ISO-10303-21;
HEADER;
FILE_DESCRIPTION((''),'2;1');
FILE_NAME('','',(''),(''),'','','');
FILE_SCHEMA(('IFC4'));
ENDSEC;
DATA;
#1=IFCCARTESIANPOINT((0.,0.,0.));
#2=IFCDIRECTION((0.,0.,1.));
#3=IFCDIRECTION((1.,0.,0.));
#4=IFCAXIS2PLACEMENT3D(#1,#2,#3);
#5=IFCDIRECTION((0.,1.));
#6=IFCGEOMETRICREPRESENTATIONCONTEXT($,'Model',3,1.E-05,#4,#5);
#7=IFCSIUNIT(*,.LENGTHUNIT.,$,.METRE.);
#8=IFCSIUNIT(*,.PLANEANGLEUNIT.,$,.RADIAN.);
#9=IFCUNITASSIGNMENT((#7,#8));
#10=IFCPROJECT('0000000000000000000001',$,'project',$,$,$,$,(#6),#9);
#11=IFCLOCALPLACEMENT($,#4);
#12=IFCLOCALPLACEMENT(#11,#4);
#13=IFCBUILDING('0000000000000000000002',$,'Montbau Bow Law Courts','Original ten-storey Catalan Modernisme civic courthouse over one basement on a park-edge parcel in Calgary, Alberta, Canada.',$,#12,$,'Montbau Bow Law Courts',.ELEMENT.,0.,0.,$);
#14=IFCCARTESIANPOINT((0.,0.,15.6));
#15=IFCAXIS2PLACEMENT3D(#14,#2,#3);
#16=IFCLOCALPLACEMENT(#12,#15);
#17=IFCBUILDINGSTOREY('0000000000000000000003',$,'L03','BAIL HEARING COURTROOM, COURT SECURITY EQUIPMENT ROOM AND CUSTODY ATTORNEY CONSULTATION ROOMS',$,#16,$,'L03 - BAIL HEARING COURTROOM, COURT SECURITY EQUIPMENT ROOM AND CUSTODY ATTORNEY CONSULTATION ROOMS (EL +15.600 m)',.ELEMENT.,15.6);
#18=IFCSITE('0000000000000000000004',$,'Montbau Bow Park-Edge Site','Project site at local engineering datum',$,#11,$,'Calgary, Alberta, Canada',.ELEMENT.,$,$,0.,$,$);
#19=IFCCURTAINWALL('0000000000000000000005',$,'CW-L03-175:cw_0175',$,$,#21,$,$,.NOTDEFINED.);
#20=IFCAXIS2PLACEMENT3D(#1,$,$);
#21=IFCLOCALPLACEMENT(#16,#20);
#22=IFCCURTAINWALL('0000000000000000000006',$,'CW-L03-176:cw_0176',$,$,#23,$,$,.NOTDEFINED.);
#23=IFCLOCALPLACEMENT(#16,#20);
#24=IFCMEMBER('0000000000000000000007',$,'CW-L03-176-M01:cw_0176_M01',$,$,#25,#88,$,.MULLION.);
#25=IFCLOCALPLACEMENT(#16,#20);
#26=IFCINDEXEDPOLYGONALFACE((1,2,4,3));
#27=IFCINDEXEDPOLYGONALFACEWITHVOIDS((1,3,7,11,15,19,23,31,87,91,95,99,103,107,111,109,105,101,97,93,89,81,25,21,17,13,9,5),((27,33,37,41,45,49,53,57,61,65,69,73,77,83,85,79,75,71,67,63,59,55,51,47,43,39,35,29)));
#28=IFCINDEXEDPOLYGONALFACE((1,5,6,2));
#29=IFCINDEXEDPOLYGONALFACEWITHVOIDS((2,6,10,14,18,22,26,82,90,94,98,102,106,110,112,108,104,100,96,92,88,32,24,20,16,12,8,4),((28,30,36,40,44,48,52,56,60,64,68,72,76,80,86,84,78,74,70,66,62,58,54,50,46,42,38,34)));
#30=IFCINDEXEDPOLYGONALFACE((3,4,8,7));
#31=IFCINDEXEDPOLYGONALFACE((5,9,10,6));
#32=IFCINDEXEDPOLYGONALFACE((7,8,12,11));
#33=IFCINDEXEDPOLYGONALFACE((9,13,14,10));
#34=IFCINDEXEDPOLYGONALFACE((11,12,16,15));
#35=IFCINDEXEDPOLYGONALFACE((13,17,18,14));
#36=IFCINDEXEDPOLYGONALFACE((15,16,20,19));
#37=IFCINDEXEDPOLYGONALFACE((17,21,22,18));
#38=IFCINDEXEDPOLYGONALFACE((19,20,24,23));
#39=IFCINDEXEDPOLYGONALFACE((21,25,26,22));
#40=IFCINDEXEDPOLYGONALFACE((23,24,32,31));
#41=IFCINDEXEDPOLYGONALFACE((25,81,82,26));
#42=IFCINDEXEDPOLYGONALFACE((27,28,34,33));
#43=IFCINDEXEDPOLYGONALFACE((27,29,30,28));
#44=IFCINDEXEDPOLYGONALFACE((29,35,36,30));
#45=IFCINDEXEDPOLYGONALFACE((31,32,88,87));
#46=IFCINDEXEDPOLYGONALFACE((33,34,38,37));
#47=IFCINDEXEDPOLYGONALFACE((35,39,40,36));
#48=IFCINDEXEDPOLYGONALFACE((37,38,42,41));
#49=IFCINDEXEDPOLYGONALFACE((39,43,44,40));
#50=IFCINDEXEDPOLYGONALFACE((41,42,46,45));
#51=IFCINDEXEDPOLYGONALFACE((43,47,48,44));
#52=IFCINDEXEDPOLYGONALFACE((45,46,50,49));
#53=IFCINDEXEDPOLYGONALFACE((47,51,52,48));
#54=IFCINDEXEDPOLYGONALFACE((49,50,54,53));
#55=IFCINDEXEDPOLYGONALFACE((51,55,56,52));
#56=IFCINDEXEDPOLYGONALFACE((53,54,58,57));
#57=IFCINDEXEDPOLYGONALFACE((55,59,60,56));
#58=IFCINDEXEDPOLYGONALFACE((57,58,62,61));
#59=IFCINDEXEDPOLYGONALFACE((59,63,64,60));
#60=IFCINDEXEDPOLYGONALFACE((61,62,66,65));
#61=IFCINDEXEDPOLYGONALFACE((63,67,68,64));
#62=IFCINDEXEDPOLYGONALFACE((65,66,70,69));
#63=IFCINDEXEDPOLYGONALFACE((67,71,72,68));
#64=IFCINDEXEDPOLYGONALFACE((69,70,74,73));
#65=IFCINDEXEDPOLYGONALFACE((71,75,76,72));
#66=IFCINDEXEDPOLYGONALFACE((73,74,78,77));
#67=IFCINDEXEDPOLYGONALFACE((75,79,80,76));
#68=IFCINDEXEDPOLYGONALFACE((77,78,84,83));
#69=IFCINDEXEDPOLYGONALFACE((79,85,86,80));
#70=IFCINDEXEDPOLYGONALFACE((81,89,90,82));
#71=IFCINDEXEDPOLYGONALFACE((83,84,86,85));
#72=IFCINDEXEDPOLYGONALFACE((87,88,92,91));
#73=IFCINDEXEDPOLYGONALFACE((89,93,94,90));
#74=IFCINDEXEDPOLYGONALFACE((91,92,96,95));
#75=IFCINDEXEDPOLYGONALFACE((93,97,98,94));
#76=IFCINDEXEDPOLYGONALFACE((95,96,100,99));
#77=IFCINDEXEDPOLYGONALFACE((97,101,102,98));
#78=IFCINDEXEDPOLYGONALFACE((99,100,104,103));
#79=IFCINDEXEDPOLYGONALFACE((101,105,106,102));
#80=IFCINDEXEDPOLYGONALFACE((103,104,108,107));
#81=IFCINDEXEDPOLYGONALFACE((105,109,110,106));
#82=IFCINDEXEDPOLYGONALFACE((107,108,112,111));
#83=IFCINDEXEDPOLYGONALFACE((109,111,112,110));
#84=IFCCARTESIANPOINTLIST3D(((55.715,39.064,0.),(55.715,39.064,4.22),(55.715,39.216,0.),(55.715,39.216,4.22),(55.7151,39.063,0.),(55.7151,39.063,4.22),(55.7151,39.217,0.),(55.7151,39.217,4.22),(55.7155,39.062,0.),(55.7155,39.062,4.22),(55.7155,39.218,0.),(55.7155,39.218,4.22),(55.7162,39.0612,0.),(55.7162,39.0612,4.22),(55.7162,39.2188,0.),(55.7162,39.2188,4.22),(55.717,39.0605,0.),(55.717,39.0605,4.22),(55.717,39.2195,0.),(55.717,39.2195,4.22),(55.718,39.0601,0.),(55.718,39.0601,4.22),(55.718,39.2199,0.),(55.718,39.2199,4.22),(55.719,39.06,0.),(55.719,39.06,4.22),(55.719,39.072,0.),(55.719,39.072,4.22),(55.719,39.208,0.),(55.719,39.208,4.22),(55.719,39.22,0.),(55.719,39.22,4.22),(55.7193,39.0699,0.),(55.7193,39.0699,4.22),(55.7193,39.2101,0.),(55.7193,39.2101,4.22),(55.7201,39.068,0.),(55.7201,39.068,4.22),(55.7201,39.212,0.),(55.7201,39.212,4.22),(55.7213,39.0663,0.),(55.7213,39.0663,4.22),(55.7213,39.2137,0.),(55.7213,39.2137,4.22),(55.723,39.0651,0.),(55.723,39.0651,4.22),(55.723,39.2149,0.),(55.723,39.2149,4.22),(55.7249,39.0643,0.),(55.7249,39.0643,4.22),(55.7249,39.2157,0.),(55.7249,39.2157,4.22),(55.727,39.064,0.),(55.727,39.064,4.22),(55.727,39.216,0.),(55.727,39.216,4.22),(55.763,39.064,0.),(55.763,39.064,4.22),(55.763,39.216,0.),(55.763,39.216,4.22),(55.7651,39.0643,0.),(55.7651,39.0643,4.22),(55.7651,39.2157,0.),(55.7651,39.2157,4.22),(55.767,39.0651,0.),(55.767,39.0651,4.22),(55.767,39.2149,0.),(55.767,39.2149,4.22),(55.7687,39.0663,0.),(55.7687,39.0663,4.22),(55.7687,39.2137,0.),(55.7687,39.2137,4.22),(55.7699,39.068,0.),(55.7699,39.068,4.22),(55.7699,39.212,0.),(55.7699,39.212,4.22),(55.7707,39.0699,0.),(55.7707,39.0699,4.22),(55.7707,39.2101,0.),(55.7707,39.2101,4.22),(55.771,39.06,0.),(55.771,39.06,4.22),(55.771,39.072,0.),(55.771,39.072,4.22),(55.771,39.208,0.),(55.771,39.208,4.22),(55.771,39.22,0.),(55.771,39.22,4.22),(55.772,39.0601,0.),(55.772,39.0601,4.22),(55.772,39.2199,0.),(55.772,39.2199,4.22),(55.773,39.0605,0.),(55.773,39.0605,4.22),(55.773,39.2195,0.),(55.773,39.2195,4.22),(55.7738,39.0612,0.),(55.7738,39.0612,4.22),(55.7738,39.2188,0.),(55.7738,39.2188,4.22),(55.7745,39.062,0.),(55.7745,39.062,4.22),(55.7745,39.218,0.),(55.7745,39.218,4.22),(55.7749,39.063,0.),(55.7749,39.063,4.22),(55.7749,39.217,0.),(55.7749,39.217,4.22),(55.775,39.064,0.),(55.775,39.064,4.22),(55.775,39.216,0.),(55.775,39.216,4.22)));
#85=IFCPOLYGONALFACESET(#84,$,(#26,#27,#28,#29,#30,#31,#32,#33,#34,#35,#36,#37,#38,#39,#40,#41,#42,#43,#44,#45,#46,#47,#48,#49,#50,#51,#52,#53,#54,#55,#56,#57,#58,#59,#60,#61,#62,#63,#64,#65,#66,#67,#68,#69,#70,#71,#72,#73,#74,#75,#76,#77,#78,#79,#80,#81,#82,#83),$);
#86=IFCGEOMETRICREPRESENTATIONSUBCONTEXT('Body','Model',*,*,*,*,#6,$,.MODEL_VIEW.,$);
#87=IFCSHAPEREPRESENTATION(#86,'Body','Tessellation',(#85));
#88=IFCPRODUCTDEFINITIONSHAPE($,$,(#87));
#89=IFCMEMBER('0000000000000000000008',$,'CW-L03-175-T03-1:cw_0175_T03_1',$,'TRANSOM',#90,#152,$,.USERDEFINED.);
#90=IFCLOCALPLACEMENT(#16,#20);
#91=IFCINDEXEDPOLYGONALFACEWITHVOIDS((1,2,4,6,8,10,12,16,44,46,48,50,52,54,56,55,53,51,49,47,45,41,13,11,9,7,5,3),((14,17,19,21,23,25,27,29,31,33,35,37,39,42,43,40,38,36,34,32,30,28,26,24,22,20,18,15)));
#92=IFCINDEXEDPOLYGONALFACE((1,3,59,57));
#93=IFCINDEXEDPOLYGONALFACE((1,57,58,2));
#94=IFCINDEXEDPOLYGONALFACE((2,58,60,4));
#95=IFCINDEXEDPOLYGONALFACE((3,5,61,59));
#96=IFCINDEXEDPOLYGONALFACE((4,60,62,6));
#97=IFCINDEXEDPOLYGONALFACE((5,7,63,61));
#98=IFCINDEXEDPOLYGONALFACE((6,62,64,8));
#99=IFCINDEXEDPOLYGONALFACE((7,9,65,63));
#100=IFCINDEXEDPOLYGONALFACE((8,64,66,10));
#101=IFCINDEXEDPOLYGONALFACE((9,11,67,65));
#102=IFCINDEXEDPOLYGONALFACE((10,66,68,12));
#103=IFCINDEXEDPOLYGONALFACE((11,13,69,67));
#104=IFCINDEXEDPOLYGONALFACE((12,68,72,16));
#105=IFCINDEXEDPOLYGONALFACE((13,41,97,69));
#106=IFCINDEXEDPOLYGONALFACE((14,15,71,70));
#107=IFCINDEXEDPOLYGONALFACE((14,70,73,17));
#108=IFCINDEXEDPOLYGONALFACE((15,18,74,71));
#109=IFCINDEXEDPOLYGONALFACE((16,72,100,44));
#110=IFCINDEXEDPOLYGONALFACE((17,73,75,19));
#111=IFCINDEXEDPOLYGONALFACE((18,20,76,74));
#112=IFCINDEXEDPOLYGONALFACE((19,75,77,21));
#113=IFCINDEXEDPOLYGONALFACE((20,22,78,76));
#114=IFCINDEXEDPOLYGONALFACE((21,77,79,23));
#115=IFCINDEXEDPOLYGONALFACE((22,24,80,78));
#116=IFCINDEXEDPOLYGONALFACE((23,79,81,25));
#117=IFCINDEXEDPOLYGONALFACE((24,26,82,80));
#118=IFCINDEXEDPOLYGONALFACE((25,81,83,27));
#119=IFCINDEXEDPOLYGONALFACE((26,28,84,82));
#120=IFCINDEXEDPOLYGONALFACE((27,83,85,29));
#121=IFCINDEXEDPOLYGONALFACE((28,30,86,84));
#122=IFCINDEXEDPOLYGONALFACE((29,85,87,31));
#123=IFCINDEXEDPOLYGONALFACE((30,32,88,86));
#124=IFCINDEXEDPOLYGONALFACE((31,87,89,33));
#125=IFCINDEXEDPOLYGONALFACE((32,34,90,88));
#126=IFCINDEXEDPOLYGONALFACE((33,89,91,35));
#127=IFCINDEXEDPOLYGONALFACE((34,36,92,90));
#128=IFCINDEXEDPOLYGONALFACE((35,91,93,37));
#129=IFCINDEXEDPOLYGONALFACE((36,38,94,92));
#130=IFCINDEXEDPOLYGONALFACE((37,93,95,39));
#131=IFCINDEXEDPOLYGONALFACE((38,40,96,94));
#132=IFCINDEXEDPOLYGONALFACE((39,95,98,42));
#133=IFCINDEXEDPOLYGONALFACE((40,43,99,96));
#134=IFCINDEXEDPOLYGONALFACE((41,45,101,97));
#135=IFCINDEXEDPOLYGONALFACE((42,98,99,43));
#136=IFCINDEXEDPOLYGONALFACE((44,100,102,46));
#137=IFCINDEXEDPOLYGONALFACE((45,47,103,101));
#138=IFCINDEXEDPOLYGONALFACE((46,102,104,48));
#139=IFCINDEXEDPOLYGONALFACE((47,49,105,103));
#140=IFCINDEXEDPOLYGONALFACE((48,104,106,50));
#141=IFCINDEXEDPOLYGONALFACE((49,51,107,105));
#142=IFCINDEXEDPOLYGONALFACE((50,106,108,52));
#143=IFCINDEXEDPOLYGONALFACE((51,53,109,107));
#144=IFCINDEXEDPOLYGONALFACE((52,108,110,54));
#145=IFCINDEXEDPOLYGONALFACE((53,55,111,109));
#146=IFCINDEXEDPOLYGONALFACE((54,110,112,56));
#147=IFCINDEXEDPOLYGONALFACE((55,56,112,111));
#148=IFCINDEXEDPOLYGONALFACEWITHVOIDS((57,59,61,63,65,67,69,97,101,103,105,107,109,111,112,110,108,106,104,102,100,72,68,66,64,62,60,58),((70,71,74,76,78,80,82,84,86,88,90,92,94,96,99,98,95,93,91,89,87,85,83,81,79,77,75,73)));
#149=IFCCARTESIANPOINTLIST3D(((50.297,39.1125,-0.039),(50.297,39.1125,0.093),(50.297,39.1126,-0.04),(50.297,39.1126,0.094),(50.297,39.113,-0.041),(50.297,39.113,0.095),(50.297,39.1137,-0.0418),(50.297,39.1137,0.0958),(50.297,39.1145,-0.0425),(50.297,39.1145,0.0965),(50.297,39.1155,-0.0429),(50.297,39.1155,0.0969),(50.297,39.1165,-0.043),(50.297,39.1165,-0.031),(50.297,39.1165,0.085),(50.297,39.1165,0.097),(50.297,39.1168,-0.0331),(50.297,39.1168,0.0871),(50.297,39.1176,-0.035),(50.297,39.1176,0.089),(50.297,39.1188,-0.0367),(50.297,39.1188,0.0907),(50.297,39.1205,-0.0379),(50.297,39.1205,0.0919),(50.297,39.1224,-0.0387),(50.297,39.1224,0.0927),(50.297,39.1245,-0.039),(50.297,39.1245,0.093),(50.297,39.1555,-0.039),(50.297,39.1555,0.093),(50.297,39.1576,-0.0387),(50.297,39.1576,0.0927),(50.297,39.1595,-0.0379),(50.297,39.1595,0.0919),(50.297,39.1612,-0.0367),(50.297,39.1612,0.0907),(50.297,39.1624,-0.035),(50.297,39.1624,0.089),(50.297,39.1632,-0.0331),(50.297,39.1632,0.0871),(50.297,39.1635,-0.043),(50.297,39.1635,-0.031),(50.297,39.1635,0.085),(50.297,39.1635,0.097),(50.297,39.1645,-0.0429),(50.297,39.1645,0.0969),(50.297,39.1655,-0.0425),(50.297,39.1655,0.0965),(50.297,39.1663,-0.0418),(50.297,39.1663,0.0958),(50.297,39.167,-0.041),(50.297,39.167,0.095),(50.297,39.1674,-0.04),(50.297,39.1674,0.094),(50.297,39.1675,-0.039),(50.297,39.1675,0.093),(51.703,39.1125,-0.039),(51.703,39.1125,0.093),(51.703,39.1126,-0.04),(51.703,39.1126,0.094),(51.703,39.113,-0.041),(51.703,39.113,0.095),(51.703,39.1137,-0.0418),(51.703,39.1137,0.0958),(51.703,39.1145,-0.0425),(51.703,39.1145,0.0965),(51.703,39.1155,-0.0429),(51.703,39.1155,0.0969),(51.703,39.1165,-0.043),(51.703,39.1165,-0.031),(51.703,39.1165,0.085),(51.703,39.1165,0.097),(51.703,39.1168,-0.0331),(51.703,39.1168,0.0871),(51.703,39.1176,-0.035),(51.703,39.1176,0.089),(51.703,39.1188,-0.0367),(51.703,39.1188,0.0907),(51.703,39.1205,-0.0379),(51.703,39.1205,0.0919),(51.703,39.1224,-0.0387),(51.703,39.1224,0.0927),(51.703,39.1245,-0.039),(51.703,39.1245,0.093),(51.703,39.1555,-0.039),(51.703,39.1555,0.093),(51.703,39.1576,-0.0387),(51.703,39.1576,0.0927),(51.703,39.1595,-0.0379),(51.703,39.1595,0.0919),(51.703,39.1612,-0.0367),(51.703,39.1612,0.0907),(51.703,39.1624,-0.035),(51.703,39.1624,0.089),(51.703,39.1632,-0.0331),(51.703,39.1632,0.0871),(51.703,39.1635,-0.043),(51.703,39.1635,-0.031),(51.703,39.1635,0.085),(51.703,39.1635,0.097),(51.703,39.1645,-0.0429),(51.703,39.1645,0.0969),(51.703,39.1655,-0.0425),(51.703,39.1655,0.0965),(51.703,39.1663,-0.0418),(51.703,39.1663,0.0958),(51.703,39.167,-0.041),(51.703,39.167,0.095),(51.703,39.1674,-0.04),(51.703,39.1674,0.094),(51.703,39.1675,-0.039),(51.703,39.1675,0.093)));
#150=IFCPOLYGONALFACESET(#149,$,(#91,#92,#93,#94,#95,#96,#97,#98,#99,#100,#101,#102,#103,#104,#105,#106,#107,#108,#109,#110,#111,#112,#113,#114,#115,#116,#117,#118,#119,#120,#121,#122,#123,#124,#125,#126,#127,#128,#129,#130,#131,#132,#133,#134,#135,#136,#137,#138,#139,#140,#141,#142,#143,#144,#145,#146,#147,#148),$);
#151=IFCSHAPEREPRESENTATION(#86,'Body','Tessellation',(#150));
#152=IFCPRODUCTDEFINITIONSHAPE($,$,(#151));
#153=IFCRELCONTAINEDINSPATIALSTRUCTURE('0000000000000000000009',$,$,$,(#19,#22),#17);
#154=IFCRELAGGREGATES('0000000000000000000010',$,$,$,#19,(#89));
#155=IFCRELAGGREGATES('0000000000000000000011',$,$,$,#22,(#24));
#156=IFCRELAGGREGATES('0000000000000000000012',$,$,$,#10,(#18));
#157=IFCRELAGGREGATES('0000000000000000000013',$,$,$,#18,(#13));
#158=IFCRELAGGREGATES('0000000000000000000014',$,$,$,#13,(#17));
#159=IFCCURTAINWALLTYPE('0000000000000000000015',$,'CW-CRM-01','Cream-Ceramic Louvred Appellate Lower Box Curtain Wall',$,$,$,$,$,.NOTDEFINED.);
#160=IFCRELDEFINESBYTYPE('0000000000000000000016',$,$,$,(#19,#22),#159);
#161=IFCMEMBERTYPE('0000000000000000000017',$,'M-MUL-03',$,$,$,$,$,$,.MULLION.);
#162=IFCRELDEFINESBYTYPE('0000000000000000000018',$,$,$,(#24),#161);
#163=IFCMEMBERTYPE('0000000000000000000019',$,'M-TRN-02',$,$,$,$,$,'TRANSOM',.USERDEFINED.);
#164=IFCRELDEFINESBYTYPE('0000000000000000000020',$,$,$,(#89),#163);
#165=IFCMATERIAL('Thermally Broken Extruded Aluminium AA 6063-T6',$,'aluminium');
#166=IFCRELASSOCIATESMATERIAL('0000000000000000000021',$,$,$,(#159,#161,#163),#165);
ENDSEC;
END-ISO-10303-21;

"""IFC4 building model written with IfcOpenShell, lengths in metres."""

from ifc_helpers import new_model, si_unit, direction, frame, origin_with_axes, origin_2d_with_axis, place, context, subcontext, project, spatial, hollow_rectangle, extrude, material, material_profile, profile_set, type_object, element, aggregate, save


model = new_model("IFC4")

# Units and contexts
model_context = context("Model", 3, precision=1e-05, world=origin_with_axes(), true_north=direction((0.0, 1.0)))
body_context = subcontext(model_context, "Body", "Model", "MODEL_VIEW")
ifc_project = project(units=[si_unit("LENGTHUNIT", "METRE"), si_unit("PLANEANGLEUNIT", "RADIAN")], contexts=[model_context])

# Site, building, storey
site_placement = place(None, origin_with_axes())
site = spatial("IfcSite", under=ifc_project, at=site_placement, Name="Montbau Bow Park-Edge Site", Description="Project site at local engineering datum", LongName="Calgary, Alberta, Canada", CompositionType="ELEMENT", RefElevation=0.0)
building_placement = place(site_placement, origin_with_axes())
building = spatial("IfcBuilding", under=site, at=building_placement, Name="Montbau Bow Law Courts", Description="Original ten-storey Catalan Modernisme civic courthouse over one basement on a park-edge parcel in Calgary, Alberta, Canada.", LongName="Montbau Bow Law Courts", CompositionType="ELEMENT", ElevationOfRefHeight=0.0, ElevationOfTerrain=0.0)
storey_placement = place(building_placement, frame((0.0, 0.0, 15.6), z_axis=(0.0, 0.0, 1.0), x_axis=(1.0, 0.0, 0.0)))
storey = spatial("IfcBuildingStorey", under=building, at=storey_placement, Name="L03", Description="BAIL HEARING COURTROOM, COURT SECURITY EQUIPMENT ROOM AND CUSTODY ATTORNEY CONSULTATION ROOMS", LongName="L03 - BAIL HEARING COURTROOM, COURT SECURITY EQUIPMENT ROOM AND CUSTODY ATTORNEY CONSULTATION ROOMS (EL +15.600 m)", CompositionType="ELEMENT", Elevation=15.6)

# Curtain wall
ifc_material_1 = material(Name="Thermally Broken Extruded Aluminium AA 6063-T6", Category="aluminium")
curtain_wall_type = type_object("IfcCurtainWallType", Name="CW-CRM-01", Description="Cream-Ceramic Louvred Appellate Lower Box Curtain Wall", PredefinedType="NOTDEFINED", material=ifc_material_1)
curtain_wall_1_placement = place(None, frame((47.315, 39.14, 15.6), z_axis=(0.0, 0.0, 1.0), x_axis=(1.0, 0.0, 0.0)))
curtain_wall_1 = element("IfcCurtainWall", 1, at=curtain_wall_1_placement, inside=storey, type_object=curtain_wall_type, Name="CW-L03-175:cw_0175", PredefinedType="NOTDEFINED")

# Curtain wall, member
curtain_wall_2_placement = place(None, frame((55.715, 39.14, 15.6), z_axis=(0.0, 0.0, 1.0), x_axis=(1.0, 0.0, 0.0)))
curtain_wall_2 = element("IfcCurtainWall", 2, at=curtain_wall_2_placement, inside=storey, type_object=curtain_wall_type, Name="CW-L03-176:cw_0176", PredefinedType="NOTDEFINED")
ifc_material_profile_1 = material_profile(ifc_material_1, hollow_rectangle(XDim=0.06, YDim=0.16, WallThickness=0.004, InnerFilletRadius=0.008, OuterFilletRadius=0.004, at=origin_2d_with_axis()), Name="CWM-160X60", Category="Main", Priority=0)
ifc_profile_set_1 = profile_set([ifc_material_profile_1], Name="Thermally Broken Extruded Aluminium AA 6063-T6")
member_type_1 = type_object("IfcMemberType", Name="M-MUL-03", PredefinedType="MULLION", material=ifc_profile_set_1)
member_1_placement = place(None, frame((55.745, 39.14, 15.6), z_axis=(0.0, 0.0, 1.0), x_axis=(1.0, 0.0, 0.0)))
member_1 = element("IfcMember", 3, at=member_1_placement, type_object=member_type_1, Name="CW-L03-176-M01:cw_0176_M01", PredefinedType="MULLION", context=body_context, shape_type="SweptSolid", body=[
    extrude(hollow_rectangle(XDim=0.06, YDim=0.16, WallThickness=0.004, InnerFilletRadius=0.008, OuterFilletRadius=0.004, at=origin_2d_with_axis()), origin_with_axes(), (0.0, 0.0, 1.0), 4.22),
])

# Member
ifc_material_profile_2 = material_profile(ifc_material_1, hollow_rectangle(XDim=0.055, YDim=0.14, WallThickness=0.004, InnerFilletRadius=0.008, OuterFilletRadius=0.004, at=origin_2d_with_axis()), Name="CWT-140X55", Category="Main", Priority=0)
ifc_profile_set_2 = profile_set([ifc_material_profile_2], Name="Thermally Broken Extruded Aluminium AA 6063-T6")
member_type_2 = type_object("IfcMemberType", Name="M-TRN-02", ElementType="TRANSOM", PredefinedType="USERDEFINED", material=ifc_profile_set_2)
member_2_placement = place(None, frame((50.297, 39.14, 15.627), z_axis=(1.0, 0.0, 0.0), x_axis=(0.0, 1.0, 0.0)))
member_2 = element("IfcMember", 4, at=member_2_placement, type_object=member_type_2, Name="CW-L03-175-T03-1:cw_0175_T03_1", ObjectType="TRANSOM", PredefinedType="USERDEFINED", context=body_context, shape_type="SweptSolid", body=[
    extrude(hollow_rectangle(XDim=0.055, YDim=0.14, WallThickness=0.004, InnerFilletRadius=0.008, OuterFilletRadius=0.004, at=origin_2d_with_axis()), origin_with_axes(), (0.0, 0.0, 1.0), 1.406),
])

aggregate(curtain_wall_1, [member_2])
aggregate(curtain_wall_2, [member_1])

save(model, "model.ifc")
